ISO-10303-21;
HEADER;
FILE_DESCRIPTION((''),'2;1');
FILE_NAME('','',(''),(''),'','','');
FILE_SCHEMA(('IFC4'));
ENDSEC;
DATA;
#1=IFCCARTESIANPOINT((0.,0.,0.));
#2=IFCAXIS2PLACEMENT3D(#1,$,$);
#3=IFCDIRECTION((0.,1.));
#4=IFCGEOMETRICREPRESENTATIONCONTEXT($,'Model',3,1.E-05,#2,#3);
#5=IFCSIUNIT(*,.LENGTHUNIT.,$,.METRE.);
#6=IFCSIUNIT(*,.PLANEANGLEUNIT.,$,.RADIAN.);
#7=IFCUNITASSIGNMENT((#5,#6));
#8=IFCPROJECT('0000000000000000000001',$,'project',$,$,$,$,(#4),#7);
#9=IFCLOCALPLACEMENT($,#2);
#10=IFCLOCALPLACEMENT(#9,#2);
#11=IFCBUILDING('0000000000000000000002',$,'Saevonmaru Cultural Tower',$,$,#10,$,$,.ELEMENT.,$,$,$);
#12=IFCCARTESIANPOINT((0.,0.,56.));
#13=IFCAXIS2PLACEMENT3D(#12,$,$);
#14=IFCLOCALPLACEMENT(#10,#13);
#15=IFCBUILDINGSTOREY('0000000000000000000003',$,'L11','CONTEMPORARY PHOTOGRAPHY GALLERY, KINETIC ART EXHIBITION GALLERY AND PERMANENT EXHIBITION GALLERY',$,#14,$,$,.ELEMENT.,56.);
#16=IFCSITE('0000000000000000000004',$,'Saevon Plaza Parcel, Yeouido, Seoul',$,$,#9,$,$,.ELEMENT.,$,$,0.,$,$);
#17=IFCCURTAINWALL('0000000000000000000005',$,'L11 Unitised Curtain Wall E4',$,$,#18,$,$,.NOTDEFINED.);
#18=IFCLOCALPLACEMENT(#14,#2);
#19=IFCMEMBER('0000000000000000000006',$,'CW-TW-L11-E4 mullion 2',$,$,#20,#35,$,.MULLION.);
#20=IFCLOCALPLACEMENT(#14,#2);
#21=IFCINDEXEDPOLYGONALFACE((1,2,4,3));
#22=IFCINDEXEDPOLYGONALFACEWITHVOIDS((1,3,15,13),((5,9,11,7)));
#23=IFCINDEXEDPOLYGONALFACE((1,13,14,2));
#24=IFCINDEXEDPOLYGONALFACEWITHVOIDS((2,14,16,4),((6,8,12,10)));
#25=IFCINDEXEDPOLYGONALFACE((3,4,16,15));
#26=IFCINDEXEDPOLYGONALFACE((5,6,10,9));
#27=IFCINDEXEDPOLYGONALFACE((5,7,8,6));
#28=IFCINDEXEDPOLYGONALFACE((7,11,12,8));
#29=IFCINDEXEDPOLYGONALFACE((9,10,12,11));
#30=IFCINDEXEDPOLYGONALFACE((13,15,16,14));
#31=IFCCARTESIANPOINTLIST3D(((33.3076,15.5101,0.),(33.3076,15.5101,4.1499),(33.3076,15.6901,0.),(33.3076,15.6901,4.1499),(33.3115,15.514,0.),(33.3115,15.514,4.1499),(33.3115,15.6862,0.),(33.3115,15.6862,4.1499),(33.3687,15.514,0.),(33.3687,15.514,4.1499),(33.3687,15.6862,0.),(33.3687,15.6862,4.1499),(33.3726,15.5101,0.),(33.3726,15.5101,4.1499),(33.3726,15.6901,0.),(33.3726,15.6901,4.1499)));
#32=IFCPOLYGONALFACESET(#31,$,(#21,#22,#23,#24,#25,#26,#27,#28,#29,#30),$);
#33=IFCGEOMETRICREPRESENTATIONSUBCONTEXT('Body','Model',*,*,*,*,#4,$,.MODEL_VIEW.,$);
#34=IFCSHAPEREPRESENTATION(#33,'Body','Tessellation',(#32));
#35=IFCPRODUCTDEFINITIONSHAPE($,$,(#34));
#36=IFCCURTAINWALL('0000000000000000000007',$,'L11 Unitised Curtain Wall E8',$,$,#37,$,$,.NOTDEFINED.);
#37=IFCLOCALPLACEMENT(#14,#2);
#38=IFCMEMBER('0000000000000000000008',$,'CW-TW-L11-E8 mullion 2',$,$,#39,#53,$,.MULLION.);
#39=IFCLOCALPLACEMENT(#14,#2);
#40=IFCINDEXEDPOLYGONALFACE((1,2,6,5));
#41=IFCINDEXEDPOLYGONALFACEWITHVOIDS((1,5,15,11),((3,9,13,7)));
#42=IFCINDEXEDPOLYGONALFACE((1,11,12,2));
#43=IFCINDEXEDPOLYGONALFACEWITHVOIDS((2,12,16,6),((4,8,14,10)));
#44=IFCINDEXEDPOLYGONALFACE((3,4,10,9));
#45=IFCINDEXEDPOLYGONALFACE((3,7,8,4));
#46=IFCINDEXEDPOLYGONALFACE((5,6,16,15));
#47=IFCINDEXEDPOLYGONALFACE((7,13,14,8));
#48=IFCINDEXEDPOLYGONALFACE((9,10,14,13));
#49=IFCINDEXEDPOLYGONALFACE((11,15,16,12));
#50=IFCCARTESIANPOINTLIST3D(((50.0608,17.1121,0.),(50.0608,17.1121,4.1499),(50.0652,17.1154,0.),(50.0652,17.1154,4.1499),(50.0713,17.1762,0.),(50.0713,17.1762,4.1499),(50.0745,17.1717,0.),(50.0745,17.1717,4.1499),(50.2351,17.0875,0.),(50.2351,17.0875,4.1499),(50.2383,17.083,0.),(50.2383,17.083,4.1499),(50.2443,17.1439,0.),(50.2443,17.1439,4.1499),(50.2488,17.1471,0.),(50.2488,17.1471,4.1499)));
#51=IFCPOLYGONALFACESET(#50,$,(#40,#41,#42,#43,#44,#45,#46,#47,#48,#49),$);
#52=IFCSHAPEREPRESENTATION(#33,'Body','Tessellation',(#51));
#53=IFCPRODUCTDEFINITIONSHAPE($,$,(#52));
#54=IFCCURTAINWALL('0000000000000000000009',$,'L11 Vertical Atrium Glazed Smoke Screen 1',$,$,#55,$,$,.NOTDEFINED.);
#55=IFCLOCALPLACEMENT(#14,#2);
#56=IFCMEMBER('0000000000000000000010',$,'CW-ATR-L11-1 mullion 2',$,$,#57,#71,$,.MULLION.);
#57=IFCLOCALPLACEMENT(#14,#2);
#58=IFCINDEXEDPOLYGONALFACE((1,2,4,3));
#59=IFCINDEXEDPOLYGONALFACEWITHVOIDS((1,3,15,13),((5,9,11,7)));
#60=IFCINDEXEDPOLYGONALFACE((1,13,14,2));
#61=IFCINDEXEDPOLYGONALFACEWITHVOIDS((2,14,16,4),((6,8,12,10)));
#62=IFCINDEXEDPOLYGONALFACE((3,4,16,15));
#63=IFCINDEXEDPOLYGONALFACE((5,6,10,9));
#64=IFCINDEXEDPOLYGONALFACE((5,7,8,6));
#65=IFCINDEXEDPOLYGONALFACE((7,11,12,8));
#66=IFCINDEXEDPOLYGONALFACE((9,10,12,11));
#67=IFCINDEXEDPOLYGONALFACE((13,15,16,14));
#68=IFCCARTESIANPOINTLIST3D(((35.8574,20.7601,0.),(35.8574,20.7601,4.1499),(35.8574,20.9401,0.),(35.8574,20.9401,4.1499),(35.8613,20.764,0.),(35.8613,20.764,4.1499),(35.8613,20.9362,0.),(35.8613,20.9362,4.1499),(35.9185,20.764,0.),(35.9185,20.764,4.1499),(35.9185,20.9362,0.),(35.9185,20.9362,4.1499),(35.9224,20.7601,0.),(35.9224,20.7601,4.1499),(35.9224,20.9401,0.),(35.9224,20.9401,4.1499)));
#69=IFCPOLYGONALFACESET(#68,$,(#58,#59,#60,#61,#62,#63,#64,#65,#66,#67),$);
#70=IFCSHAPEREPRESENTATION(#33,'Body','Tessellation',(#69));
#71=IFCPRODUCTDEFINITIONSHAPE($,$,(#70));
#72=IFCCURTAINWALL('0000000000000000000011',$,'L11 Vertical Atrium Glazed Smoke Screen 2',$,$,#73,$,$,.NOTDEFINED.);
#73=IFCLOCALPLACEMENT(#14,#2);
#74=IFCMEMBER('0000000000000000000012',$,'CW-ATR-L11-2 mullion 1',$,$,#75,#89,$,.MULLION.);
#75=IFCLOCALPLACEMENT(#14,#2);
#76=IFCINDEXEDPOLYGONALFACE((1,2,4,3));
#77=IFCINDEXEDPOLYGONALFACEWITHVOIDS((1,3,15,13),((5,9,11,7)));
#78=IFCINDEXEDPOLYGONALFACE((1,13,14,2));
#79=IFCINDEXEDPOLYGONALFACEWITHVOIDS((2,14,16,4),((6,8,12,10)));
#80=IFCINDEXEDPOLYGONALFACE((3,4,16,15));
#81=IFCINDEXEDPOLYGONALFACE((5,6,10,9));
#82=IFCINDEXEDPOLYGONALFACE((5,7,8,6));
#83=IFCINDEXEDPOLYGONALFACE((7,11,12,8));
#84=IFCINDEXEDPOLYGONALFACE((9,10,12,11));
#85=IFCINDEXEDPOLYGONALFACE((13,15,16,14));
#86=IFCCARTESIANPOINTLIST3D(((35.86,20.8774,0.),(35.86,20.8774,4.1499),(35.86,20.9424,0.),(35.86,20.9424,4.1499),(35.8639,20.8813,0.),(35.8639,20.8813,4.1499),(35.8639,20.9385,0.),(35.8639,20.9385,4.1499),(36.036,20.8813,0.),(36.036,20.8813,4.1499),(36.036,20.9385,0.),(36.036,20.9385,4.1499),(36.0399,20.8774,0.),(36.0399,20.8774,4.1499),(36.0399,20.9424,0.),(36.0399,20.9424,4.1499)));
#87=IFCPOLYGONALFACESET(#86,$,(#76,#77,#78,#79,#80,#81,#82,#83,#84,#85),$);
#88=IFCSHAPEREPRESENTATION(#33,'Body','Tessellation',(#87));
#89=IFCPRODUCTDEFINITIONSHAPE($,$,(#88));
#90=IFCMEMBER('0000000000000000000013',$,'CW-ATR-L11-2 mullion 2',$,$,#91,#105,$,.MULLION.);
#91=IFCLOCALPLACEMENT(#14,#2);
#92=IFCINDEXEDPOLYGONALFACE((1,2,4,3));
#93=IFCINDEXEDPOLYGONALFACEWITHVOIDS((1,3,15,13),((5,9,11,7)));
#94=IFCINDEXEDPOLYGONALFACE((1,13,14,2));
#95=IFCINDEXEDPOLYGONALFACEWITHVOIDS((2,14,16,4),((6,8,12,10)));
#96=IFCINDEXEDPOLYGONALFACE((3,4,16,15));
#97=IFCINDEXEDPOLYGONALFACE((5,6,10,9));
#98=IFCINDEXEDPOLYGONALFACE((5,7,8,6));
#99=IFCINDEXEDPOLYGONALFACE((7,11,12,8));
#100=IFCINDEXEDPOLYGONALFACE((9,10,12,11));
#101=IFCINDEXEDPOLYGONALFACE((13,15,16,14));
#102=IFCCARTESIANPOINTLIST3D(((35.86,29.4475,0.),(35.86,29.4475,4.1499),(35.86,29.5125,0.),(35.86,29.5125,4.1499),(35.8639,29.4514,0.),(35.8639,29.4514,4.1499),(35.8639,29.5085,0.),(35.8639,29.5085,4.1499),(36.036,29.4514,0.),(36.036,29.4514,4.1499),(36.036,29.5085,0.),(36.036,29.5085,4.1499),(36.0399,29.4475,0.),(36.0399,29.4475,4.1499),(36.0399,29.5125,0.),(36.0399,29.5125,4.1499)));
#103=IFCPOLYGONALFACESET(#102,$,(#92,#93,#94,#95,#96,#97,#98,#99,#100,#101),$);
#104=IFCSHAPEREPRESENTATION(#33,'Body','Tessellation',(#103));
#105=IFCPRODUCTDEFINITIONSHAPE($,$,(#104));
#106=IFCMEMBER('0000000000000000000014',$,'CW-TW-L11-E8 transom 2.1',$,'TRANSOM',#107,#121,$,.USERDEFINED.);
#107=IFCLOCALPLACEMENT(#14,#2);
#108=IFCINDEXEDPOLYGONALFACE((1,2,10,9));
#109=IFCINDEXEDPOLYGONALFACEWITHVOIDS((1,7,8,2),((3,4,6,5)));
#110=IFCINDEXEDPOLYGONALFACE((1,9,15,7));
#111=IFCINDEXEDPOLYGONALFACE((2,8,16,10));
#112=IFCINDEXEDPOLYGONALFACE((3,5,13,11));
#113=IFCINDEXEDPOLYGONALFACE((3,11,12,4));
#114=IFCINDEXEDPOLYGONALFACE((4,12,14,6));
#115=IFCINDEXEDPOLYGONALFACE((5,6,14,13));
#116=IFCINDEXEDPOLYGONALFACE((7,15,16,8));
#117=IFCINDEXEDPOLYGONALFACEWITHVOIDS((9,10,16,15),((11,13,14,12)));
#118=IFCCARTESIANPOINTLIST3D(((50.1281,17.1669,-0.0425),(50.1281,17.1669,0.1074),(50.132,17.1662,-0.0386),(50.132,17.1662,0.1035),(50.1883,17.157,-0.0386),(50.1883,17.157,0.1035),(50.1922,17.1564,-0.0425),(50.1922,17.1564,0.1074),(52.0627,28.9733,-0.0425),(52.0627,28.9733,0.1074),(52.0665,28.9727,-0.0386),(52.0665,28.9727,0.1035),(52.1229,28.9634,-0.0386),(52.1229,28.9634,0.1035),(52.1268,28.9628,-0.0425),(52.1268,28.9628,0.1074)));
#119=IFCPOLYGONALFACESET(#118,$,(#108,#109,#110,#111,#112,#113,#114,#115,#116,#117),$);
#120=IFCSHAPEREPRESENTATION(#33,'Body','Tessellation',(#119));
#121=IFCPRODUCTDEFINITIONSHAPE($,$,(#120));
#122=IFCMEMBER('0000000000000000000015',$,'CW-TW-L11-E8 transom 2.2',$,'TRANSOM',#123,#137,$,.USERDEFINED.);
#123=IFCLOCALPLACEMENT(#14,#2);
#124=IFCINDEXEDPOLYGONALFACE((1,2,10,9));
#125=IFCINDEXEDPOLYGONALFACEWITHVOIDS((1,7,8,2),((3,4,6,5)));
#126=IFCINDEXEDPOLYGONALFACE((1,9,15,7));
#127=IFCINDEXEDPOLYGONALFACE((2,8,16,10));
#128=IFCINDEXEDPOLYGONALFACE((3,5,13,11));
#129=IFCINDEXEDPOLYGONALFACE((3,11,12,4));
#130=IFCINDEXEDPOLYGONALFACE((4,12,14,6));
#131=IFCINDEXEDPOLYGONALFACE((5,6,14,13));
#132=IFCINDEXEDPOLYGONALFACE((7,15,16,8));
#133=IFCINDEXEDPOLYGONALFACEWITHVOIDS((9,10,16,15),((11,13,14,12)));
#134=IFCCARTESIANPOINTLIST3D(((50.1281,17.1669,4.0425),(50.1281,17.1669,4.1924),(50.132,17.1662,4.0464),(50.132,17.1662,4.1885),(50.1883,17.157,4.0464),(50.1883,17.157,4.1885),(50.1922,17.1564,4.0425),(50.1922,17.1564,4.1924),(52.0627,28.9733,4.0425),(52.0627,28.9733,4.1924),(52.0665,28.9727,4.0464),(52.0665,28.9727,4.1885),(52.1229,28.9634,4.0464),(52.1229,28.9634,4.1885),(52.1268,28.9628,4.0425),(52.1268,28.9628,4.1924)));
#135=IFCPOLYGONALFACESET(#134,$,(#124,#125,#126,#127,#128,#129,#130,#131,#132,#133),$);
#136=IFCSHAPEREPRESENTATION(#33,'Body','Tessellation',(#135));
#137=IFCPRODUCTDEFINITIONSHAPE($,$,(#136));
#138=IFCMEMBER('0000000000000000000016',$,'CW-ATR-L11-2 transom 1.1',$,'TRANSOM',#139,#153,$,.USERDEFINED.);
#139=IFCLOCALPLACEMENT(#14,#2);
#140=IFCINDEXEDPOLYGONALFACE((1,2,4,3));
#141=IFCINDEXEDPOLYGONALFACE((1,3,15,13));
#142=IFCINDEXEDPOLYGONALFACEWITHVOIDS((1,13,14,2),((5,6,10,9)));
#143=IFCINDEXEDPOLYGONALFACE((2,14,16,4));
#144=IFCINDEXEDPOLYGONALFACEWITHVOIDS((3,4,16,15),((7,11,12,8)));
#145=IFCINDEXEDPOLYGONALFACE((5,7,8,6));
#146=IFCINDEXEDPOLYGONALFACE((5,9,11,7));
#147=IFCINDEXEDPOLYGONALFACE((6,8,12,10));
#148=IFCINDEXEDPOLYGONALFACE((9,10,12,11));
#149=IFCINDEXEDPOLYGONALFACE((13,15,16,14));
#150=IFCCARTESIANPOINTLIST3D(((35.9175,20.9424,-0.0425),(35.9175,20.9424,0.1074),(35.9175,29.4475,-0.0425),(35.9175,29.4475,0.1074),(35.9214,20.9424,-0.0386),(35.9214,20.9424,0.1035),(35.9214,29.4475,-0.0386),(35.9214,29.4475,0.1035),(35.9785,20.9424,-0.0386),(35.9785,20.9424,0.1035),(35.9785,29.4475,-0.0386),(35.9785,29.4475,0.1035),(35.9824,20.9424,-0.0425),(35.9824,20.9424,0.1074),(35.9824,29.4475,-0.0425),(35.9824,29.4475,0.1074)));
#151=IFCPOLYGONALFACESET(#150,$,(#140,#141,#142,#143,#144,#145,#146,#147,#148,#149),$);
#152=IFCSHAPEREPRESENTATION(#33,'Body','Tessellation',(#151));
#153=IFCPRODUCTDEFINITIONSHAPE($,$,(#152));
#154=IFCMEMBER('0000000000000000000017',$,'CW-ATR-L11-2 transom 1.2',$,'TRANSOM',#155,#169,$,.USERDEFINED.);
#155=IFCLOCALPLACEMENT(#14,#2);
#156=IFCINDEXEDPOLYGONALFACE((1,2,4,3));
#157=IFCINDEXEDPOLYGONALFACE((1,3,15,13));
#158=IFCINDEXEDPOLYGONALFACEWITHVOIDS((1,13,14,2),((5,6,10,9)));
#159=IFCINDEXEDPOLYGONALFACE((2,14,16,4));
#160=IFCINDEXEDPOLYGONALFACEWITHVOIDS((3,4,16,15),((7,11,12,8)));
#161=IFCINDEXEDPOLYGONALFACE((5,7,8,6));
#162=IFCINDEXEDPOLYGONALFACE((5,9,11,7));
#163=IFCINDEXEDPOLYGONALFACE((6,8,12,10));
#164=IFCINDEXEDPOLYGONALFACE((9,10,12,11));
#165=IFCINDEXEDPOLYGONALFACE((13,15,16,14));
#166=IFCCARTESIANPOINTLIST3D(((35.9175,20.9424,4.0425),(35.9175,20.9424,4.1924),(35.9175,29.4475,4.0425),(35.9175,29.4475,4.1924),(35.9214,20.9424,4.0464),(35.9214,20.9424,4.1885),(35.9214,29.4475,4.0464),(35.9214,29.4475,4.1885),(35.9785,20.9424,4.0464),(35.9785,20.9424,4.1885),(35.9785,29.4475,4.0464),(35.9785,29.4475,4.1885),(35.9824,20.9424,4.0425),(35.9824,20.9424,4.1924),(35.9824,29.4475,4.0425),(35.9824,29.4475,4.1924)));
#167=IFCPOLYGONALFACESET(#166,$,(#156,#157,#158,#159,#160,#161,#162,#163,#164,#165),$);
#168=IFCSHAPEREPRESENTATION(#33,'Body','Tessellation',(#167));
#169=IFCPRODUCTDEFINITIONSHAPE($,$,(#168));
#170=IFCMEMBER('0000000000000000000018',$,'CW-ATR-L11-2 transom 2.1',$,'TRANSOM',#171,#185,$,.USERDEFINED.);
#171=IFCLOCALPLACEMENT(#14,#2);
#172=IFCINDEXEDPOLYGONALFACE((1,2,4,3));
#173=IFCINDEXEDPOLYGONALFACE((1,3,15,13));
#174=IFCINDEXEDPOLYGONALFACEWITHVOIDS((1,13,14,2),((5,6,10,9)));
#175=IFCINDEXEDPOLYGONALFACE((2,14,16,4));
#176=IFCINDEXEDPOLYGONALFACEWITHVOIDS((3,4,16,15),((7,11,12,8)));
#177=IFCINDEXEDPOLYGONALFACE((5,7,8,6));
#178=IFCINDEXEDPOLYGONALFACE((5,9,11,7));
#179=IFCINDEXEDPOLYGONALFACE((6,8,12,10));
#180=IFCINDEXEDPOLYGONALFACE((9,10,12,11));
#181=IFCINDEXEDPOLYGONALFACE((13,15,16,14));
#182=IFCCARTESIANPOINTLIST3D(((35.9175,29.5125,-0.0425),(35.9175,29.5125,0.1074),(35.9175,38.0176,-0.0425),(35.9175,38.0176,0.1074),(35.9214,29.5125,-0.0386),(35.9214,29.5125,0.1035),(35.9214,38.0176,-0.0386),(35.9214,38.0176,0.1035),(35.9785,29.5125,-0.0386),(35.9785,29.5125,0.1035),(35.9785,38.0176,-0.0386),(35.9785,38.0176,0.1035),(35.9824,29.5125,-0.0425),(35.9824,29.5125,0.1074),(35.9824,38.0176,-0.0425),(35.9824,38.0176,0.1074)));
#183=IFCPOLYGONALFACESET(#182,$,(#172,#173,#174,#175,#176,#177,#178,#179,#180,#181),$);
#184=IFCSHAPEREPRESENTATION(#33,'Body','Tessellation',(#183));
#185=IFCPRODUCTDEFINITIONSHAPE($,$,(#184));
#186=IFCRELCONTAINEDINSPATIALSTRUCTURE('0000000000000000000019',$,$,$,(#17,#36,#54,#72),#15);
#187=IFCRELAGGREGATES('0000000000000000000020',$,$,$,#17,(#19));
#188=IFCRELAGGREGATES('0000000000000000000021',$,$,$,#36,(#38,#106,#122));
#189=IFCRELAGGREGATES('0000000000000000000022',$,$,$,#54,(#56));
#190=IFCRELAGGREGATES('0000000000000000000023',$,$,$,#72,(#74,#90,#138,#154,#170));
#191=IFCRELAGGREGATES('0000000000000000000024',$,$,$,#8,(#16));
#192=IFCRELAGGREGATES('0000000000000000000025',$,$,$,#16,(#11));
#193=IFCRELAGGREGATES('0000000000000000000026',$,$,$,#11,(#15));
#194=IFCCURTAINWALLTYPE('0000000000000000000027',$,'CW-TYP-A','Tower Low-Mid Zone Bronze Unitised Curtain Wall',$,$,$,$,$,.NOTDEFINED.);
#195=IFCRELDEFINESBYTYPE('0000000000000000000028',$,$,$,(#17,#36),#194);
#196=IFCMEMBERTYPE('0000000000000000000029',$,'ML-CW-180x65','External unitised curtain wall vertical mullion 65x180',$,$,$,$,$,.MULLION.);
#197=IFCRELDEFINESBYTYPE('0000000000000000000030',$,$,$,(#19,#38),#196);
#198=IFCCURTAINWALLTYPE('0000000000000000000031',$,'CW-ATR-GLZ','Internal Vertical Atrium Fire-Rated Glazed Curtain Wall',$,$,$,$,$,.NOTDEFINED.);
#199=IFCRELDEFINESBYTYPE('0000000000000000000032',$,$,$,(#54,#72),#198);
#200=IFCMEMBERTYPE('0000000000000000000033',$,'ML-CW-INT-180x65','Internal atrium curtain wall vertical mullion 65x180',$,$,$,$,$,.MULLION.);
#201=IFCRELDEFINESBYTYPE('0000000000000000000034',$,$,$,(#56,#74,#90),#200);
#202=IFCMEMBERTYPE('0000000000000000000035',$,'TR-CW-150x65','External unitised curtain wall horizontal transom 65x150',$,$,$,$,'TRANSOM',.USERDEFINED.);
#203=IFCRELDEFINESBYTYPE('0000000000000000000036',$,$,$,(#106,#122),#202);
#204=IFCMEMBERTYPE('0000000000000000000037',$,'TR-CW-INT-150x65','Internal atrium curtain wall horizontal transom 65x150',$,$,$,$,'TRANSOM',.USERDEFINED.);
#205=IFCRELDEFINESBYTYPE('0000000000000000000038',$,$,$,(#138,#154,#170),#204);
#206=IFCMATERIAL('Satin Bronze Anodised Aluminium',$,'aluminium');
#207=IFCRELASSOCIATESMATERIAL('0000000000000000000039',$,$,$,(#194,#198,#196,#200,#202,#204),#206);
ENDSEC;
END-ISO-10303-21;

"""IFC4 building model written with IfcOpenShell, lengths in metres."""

from ifc_helpers import new_model, si_unit, direction, frame, origin, origin_2d, place, context, subcontext, project, spatial, hollow_rectangle, extrude, material, material_profile, profile_set, type_object, element, aggregate, save


model = new_model("IFC4")

# Units and contexts
model_context = context("Model", 3, precision=1e-05, world=origin(), true_north=direction((0.0, 1.0)))
body_context = subcontext(model_context, "Body", "Model", "MODEL_VIEW")
ifc_project = project(units=[si_unit("LENGTHUNIT", "METRE"), si_unit("PLANEANGLEUNIT", "RADIAN")], contexts=[model_context])

# Site, building, storey
site_placement = place(None, origin())
site = spatial("IfcSite", under=ifc_project, at=site_placement, Name="Saevon Plaza Parcel, Yeouido, Seoul", CompositionType="ELEMENT", RefElevation=0.0)
building_placement = place(site_placement, origin())
building = spatial("IfcBuilding", under=site, at=building_placement, Name="Saevonmaru Cultural Tower", CompositionType="ELEMENT")
storey_placement = place(building_placement, frame((0.0, 0.0, 56.0)))
storey = spatial("IfcBuildingStorey", under=building, at=storey_placement, Name="L11", Description="CONTEMPORARY PHOTOGRAPHY GALLERY, KINETIC ART EXHIBITION GALLERY AND PERMANENT EXHIBITION GALLERY", CompositionType="ELEMENT", Elevation=56.0)

# Curtain walls, members
ifc_material_1 = material(Name="Satin Bronze Anodised Aluminium", Category="aluminium")
curtain_wall_type_1 = type_object("IfcCurtainWallType", Name="CW-TYP-A", Description="Tower Low-Mid Zone Bronze Unitised Curtain Wall", PredefinedType="NOTDEFINED", material=ifc_material_1)
curtain_wall_1_placement = place(storey_placement, origin())
curtain_wall_1 = element("IfcCurtainWall", 1, at=curtain_wall_1_placement, inside=storey, type_object=curtain_wall_type_1, Name="L11 Unitised Curtain Wall E4", PredefinedType="NOTDEFINED")
ifc_material_profile_1 = material_profile(ifc_material_1, hollow_rectangle(XDim=0.0649, YDim=0.1799, WallThickness=0.0039, at=origin_2d()), Name="ALU-MULL-180x65x4")
ifc_profile_set_1 = profile_set([ifc_material_profile_1], Name="Satin Bronze Anodised Aluminium")
member_type_1 = type_object("IfcMemberType", Name="ML-CW-180x65", Description="External unitised curtain wall vertical mullion 65x180", PredefinedType="MULLION", material=ifc_profile_set_1)
member_1_placement = place(storey_placement, frame((33.3401, 15.6001, 0.0), z_axis=(0.0, 0.0, 1.0), x_axis=(1.0, 0.0, 0.0)))
member_1 = element("IfcMember", 2, at=member_1_placement, type_object=member_type_1, Name="CW-TW-L11-E4 mullion 2", PredefinedType="MULLION", context=body_context, shape_type="SweptSolid", body=[
    extrude(hollow_rectangle(XDim=0.0649, YDim=0.1799, WallThickness=0.0039, at=origin_2d()), origin(), (0.0, 0.0, 1.0), 4.1499),
])
aggregate(curtain_wall_1, [member_1])
curtain_wall_2_placement = place(storey_placement, origin())
curtain_wall_2 = element("IfcCurtainWall", 3, at=curtain_wall_2_placement, inside=storey, type_object=curtain_wall_type_1, Name="L11 Unitised Curtain Wall E8", PredefinedType="NOTDEFINED")
member_2_placement = place(storey_placement, frame((50.1548, 17.1296, 0.0), z_axis=(0.0, 0.0, 1.0), x_axis=(0.161709, 0.986839, 0.0)))
member_2 = element("IfcMember", 4, at=member_2_placement, type_object=member_type_1, Name="CW-TW-L11-E8 mullion 2", PredefinedType="MULLION", context=body_context, shape_type="SweptSolid", body=[
    extrude(hollow_rectangle(XDim=0.0649, YDim=0.1799, WallThickness=0.0039, at=origin_2d()), origin(), (0.0, 0.0, 1.0), 4.1499),
])
curtain_wall_type_2 = type_object("IfcCurtainWallType", Name="CW-ATR-GLZ", Description="Internal Vertical Atrium Fire-Rated Glazed Curtain Wall", PredefinedType="NOTDEFINED", material=ifc_material_1)
curtain_wall_3_placement = place(storey_placement, origin())
curtain_wall_3 = element("IfcCurtainWall", 5, at=curtain_wall_3_placement, inside=storey, type_object=curtain_wall_type_2, Name="L11 Vertical Atrium Glazed Smoke Screen 1", PredefinedType="NOTDEFINED")
ifc_material_profile_2 = material_profile(ifc_material_1, hollow_rectangle(XDim=0.0649, YDim=0.1799, WallThickness=0.0039, at=origin_2d()), Name="ALU-MULL-180x65x4")
ifc_profile_set_2 = profile_set([ifc_material_profile_2], Name="Satin Bronze Anodised Aluminium")
member_type_2 = type_object("IfcMemberType", Name="ML-CW-INT-180x65", Description="Internal atrium curtain wall vertical mullion 65x180", PredefinedType="MULLION", material=ifc_profile_set_2)
member_3_placement = place(storey_placement, frame((35.8899, 20.8501, 0.0), z_axis=(0.0, 0.0, 1.0), x_axis=(1.0, 0.0, 0.0)))
member_3 = element("IfcMember", 6, at=member_3_placement, type_object=member_type_2, Name="CW-ATR-L11-1 mullion 2", PredefinedType="MULLION", context=body_context, shape_type="SweptSolid", body=[
    extrude(hollow_rectangle(XDim=0.0649, YDim=0.1799, WallThickness=0.0039, at=origin_2d()), origin(), (0.0, 0.0, 1.0), 4.1499),
])

# Curtain wall, members
curtain_wall_4_placement = place(storey_placement, origin())
curtain_wall_4 = element("IfcCurtainWall", 7, at=curtain_wall_4_placement, inside=storey, type_object=curtain_wall_type_2, Name="L11 Vertical Atrium Glazed Smoke Screen 2", PredefinedType="NOTDEFINED")
member_4_placement = place(storey_placement, frame((35.95, 20.9099, 0.0), z_axis=(0.0, 0.0, 1.0), x_axis=(0.0, 1.0, 0.0)))
member_4 = element("IfcMember", 8, at=member_4_placement, type_object=member_type_2, Name="CW-ATR-L11-2 mullion 1", PredefinedType="MULLION", context=body_context, shape_type="SweptSolid", body=[
    extrude(hollow_rectangle(XDim=0.0649, YDim=0.1799, WallThickness=0.0039, at=origin_2d()), origin(), (0.0, 0.0, 1.0), 4.1499),
])
member_5_placement = place(storey_placement, frame((35.95, 29.48, 0.0), z_axis=(0.0, 0.0, 1.0), x_axis=(0.0, 1.0, 0.0)))
member_5 = element("IfcMember", 9, at=member_5_placement, type_object=member_type_2, Name="CW-ATR-L11-2 mullion 2", PredefinedType="MULLION", context=body_context, shape_type="SweptSolid", body=[
    extrude(hollow_rectangle(XDim=0.0649, YDim=0.1799, WallThickness=0.0039, at=origin_2d()), origin(), (0.0, 0.0, 1.0), 4.1499),
])

# Members
ifc_material_profile_3 = material_profile(ifc_material_1, hollow_rectangle(XDim=0.0649, YDim=0.1499, WallThickness=0.0039, at=origin_2d()), Name="ALU-TRAN-150x65x4")
ifc_profile_set_3 = profile_set([ifc_material_profile_3], Name="Satin Bronze Anodised Aluminium")
member_type_3 = type_object("IfcMemberType", Name="TR-CW-150x65", Description="External unitised curtain wall horizontal transom 65x150", ElementType="TRANSOM", PredefinedType="USERDEFINED", material=ifc_profile_set_3)
member_6_placement = place(storey_placement, frame((50.1602, 17.1616, 0.0325), z_axis=(0.161701, 0.98684, 0.0), x_axis=(-0.98684, 0.161701, 0.0)))
member_6 = element("IfcMember", 10, at=member_6_placement, type_object=member_type_3, Name="CW-TW-L11-E8 transom 2.1", ObjectType="TRANSOM", PredefinedType="USERDEFINED", context=body_context, shape_type="SweptSolid", body=[
    extrude(hollow_rectangle(XDim=0.0649, YDim=0.1499, WallThickness=0.0039, at=origin_2d()), origin(), (0.0, 0.0, 1.0), 11.9639),
])
member_7_placement = place(storey_placement, frame((50.1602, 17.1616, 4.1174), z_axis=(0.161701, 0.98684, 0.0), x_axis=(-0.98684, 0.161701, 0.0)))
member_7 = element("IfcMember", 11, at=member_7_placement, type_object=member_type_3, Name="CW-TW-L11-E8 transom 2.2", ObjectType="TRANSOM", PredefinedType="USERDEFINED", context=body_context, shape_type="SweptSolid", body=[
    extrude(hollow_rectangle(XDim=0.0649, YDim=0.1499, WallThickness=0.0039, at=origin_2d()), origin(), (0.0, 0.0, 1.0), 11.9639),
])
aggregate(curtain_wall_2, [member_2, member_6, member_7])
ifc_material_profile_4 = material_profile(ifc_material_1, hollow_rectangle(XDim=0.0649, YDim=0.1499, WallThickness=0.0039, at=origin_2d()), Name="ALU-TRAN-150x65x4")
ifc_profile_set_4 = profile_set([ifc_material_profile_4], Name="Satin Bronze Anodised Aluminium")
member_type_4 = type_object("IfcMemberType", Name="TR-CW-INT-150x65", Description="Internal atrium curtain wall horizontal transom 65x150", ElementType="TRANSOM", PredefinedType="USERDEFINED", material=ifc_profile_set_4)
member_8_placement = place(storey_placement, frame((35.95, 20.9424, 0.0325), z_axis=(0.0, 1.0, 0.0), x_axis=(-1.0, 0.0, 0.0)))
member_8 = element("IfcMember", 12, at=member_8_placement, type_object=member_type_4, Name="CW-ATR-L11-2 transom 1.1", ObjectType="TRANSOM", PredefinedType="USERDEFINED", context=body_context, shape_type="SweptSolid", body=[
    extrude(hollow_rectangle(XDim=0.0649, YDim=0.1499, WallThickness=0.0039, at=origin_2d()), origin(), (0.0, 0.0, 1.0), 8.5051),
])
member_9_placement = place(storey_placement, frame((35.95, 20.9424, 4.1174), z_axis=(0.0, 1.0, 0.0), x_axis=(-1.0, 0.0, 0.0)))
member_9 = element("IfcMember", 13, at=member_9_placement, type_object=member_type_4, Name="CW-ATR-L11-2 transom 1.2", ObjectType="TRANSOM", PredefinedType="USERDEFINED", context=body_context, shape_type="SweptSolid", body=[
    extrude(hollow_rectangle(XDim=0.0649, YDim=0.1499, WallThickness=0.0039, at=origin_2d()), origin(), (0.0, 0.0, 1.0), 8.5051),
])
member_10_placement = place(storey_placement, frame((35.95, 29.5125, 0.0325), z_axis=(0.0, 1.0, 0.0), x_axis=(-1.0, 0.0, 0.0)))
member_10 = element("IfcMember", 14, at=member_10_placement, type_object=member_type_4, Name="CW-ATR-L11-2 transom 2.1", ObjectType="TRANSOM", PredefinedType="USERDEFINED", context=body_context, shape_type="SweptSolid", body=[
    extrude(hollow_rectangle(XDim=0.0649, YDim=0.1499, WallThickness=0.0039, at=origin_2d()), origin(), (0.0, 0.0, 1.0), 8.5051),
])

aggregate(curtain_wall_3, [member_3])
aggregate(curtain_wall_4, [member_4, member_5, member_8, member_9, member_10])

save(model, "model.ifc")
